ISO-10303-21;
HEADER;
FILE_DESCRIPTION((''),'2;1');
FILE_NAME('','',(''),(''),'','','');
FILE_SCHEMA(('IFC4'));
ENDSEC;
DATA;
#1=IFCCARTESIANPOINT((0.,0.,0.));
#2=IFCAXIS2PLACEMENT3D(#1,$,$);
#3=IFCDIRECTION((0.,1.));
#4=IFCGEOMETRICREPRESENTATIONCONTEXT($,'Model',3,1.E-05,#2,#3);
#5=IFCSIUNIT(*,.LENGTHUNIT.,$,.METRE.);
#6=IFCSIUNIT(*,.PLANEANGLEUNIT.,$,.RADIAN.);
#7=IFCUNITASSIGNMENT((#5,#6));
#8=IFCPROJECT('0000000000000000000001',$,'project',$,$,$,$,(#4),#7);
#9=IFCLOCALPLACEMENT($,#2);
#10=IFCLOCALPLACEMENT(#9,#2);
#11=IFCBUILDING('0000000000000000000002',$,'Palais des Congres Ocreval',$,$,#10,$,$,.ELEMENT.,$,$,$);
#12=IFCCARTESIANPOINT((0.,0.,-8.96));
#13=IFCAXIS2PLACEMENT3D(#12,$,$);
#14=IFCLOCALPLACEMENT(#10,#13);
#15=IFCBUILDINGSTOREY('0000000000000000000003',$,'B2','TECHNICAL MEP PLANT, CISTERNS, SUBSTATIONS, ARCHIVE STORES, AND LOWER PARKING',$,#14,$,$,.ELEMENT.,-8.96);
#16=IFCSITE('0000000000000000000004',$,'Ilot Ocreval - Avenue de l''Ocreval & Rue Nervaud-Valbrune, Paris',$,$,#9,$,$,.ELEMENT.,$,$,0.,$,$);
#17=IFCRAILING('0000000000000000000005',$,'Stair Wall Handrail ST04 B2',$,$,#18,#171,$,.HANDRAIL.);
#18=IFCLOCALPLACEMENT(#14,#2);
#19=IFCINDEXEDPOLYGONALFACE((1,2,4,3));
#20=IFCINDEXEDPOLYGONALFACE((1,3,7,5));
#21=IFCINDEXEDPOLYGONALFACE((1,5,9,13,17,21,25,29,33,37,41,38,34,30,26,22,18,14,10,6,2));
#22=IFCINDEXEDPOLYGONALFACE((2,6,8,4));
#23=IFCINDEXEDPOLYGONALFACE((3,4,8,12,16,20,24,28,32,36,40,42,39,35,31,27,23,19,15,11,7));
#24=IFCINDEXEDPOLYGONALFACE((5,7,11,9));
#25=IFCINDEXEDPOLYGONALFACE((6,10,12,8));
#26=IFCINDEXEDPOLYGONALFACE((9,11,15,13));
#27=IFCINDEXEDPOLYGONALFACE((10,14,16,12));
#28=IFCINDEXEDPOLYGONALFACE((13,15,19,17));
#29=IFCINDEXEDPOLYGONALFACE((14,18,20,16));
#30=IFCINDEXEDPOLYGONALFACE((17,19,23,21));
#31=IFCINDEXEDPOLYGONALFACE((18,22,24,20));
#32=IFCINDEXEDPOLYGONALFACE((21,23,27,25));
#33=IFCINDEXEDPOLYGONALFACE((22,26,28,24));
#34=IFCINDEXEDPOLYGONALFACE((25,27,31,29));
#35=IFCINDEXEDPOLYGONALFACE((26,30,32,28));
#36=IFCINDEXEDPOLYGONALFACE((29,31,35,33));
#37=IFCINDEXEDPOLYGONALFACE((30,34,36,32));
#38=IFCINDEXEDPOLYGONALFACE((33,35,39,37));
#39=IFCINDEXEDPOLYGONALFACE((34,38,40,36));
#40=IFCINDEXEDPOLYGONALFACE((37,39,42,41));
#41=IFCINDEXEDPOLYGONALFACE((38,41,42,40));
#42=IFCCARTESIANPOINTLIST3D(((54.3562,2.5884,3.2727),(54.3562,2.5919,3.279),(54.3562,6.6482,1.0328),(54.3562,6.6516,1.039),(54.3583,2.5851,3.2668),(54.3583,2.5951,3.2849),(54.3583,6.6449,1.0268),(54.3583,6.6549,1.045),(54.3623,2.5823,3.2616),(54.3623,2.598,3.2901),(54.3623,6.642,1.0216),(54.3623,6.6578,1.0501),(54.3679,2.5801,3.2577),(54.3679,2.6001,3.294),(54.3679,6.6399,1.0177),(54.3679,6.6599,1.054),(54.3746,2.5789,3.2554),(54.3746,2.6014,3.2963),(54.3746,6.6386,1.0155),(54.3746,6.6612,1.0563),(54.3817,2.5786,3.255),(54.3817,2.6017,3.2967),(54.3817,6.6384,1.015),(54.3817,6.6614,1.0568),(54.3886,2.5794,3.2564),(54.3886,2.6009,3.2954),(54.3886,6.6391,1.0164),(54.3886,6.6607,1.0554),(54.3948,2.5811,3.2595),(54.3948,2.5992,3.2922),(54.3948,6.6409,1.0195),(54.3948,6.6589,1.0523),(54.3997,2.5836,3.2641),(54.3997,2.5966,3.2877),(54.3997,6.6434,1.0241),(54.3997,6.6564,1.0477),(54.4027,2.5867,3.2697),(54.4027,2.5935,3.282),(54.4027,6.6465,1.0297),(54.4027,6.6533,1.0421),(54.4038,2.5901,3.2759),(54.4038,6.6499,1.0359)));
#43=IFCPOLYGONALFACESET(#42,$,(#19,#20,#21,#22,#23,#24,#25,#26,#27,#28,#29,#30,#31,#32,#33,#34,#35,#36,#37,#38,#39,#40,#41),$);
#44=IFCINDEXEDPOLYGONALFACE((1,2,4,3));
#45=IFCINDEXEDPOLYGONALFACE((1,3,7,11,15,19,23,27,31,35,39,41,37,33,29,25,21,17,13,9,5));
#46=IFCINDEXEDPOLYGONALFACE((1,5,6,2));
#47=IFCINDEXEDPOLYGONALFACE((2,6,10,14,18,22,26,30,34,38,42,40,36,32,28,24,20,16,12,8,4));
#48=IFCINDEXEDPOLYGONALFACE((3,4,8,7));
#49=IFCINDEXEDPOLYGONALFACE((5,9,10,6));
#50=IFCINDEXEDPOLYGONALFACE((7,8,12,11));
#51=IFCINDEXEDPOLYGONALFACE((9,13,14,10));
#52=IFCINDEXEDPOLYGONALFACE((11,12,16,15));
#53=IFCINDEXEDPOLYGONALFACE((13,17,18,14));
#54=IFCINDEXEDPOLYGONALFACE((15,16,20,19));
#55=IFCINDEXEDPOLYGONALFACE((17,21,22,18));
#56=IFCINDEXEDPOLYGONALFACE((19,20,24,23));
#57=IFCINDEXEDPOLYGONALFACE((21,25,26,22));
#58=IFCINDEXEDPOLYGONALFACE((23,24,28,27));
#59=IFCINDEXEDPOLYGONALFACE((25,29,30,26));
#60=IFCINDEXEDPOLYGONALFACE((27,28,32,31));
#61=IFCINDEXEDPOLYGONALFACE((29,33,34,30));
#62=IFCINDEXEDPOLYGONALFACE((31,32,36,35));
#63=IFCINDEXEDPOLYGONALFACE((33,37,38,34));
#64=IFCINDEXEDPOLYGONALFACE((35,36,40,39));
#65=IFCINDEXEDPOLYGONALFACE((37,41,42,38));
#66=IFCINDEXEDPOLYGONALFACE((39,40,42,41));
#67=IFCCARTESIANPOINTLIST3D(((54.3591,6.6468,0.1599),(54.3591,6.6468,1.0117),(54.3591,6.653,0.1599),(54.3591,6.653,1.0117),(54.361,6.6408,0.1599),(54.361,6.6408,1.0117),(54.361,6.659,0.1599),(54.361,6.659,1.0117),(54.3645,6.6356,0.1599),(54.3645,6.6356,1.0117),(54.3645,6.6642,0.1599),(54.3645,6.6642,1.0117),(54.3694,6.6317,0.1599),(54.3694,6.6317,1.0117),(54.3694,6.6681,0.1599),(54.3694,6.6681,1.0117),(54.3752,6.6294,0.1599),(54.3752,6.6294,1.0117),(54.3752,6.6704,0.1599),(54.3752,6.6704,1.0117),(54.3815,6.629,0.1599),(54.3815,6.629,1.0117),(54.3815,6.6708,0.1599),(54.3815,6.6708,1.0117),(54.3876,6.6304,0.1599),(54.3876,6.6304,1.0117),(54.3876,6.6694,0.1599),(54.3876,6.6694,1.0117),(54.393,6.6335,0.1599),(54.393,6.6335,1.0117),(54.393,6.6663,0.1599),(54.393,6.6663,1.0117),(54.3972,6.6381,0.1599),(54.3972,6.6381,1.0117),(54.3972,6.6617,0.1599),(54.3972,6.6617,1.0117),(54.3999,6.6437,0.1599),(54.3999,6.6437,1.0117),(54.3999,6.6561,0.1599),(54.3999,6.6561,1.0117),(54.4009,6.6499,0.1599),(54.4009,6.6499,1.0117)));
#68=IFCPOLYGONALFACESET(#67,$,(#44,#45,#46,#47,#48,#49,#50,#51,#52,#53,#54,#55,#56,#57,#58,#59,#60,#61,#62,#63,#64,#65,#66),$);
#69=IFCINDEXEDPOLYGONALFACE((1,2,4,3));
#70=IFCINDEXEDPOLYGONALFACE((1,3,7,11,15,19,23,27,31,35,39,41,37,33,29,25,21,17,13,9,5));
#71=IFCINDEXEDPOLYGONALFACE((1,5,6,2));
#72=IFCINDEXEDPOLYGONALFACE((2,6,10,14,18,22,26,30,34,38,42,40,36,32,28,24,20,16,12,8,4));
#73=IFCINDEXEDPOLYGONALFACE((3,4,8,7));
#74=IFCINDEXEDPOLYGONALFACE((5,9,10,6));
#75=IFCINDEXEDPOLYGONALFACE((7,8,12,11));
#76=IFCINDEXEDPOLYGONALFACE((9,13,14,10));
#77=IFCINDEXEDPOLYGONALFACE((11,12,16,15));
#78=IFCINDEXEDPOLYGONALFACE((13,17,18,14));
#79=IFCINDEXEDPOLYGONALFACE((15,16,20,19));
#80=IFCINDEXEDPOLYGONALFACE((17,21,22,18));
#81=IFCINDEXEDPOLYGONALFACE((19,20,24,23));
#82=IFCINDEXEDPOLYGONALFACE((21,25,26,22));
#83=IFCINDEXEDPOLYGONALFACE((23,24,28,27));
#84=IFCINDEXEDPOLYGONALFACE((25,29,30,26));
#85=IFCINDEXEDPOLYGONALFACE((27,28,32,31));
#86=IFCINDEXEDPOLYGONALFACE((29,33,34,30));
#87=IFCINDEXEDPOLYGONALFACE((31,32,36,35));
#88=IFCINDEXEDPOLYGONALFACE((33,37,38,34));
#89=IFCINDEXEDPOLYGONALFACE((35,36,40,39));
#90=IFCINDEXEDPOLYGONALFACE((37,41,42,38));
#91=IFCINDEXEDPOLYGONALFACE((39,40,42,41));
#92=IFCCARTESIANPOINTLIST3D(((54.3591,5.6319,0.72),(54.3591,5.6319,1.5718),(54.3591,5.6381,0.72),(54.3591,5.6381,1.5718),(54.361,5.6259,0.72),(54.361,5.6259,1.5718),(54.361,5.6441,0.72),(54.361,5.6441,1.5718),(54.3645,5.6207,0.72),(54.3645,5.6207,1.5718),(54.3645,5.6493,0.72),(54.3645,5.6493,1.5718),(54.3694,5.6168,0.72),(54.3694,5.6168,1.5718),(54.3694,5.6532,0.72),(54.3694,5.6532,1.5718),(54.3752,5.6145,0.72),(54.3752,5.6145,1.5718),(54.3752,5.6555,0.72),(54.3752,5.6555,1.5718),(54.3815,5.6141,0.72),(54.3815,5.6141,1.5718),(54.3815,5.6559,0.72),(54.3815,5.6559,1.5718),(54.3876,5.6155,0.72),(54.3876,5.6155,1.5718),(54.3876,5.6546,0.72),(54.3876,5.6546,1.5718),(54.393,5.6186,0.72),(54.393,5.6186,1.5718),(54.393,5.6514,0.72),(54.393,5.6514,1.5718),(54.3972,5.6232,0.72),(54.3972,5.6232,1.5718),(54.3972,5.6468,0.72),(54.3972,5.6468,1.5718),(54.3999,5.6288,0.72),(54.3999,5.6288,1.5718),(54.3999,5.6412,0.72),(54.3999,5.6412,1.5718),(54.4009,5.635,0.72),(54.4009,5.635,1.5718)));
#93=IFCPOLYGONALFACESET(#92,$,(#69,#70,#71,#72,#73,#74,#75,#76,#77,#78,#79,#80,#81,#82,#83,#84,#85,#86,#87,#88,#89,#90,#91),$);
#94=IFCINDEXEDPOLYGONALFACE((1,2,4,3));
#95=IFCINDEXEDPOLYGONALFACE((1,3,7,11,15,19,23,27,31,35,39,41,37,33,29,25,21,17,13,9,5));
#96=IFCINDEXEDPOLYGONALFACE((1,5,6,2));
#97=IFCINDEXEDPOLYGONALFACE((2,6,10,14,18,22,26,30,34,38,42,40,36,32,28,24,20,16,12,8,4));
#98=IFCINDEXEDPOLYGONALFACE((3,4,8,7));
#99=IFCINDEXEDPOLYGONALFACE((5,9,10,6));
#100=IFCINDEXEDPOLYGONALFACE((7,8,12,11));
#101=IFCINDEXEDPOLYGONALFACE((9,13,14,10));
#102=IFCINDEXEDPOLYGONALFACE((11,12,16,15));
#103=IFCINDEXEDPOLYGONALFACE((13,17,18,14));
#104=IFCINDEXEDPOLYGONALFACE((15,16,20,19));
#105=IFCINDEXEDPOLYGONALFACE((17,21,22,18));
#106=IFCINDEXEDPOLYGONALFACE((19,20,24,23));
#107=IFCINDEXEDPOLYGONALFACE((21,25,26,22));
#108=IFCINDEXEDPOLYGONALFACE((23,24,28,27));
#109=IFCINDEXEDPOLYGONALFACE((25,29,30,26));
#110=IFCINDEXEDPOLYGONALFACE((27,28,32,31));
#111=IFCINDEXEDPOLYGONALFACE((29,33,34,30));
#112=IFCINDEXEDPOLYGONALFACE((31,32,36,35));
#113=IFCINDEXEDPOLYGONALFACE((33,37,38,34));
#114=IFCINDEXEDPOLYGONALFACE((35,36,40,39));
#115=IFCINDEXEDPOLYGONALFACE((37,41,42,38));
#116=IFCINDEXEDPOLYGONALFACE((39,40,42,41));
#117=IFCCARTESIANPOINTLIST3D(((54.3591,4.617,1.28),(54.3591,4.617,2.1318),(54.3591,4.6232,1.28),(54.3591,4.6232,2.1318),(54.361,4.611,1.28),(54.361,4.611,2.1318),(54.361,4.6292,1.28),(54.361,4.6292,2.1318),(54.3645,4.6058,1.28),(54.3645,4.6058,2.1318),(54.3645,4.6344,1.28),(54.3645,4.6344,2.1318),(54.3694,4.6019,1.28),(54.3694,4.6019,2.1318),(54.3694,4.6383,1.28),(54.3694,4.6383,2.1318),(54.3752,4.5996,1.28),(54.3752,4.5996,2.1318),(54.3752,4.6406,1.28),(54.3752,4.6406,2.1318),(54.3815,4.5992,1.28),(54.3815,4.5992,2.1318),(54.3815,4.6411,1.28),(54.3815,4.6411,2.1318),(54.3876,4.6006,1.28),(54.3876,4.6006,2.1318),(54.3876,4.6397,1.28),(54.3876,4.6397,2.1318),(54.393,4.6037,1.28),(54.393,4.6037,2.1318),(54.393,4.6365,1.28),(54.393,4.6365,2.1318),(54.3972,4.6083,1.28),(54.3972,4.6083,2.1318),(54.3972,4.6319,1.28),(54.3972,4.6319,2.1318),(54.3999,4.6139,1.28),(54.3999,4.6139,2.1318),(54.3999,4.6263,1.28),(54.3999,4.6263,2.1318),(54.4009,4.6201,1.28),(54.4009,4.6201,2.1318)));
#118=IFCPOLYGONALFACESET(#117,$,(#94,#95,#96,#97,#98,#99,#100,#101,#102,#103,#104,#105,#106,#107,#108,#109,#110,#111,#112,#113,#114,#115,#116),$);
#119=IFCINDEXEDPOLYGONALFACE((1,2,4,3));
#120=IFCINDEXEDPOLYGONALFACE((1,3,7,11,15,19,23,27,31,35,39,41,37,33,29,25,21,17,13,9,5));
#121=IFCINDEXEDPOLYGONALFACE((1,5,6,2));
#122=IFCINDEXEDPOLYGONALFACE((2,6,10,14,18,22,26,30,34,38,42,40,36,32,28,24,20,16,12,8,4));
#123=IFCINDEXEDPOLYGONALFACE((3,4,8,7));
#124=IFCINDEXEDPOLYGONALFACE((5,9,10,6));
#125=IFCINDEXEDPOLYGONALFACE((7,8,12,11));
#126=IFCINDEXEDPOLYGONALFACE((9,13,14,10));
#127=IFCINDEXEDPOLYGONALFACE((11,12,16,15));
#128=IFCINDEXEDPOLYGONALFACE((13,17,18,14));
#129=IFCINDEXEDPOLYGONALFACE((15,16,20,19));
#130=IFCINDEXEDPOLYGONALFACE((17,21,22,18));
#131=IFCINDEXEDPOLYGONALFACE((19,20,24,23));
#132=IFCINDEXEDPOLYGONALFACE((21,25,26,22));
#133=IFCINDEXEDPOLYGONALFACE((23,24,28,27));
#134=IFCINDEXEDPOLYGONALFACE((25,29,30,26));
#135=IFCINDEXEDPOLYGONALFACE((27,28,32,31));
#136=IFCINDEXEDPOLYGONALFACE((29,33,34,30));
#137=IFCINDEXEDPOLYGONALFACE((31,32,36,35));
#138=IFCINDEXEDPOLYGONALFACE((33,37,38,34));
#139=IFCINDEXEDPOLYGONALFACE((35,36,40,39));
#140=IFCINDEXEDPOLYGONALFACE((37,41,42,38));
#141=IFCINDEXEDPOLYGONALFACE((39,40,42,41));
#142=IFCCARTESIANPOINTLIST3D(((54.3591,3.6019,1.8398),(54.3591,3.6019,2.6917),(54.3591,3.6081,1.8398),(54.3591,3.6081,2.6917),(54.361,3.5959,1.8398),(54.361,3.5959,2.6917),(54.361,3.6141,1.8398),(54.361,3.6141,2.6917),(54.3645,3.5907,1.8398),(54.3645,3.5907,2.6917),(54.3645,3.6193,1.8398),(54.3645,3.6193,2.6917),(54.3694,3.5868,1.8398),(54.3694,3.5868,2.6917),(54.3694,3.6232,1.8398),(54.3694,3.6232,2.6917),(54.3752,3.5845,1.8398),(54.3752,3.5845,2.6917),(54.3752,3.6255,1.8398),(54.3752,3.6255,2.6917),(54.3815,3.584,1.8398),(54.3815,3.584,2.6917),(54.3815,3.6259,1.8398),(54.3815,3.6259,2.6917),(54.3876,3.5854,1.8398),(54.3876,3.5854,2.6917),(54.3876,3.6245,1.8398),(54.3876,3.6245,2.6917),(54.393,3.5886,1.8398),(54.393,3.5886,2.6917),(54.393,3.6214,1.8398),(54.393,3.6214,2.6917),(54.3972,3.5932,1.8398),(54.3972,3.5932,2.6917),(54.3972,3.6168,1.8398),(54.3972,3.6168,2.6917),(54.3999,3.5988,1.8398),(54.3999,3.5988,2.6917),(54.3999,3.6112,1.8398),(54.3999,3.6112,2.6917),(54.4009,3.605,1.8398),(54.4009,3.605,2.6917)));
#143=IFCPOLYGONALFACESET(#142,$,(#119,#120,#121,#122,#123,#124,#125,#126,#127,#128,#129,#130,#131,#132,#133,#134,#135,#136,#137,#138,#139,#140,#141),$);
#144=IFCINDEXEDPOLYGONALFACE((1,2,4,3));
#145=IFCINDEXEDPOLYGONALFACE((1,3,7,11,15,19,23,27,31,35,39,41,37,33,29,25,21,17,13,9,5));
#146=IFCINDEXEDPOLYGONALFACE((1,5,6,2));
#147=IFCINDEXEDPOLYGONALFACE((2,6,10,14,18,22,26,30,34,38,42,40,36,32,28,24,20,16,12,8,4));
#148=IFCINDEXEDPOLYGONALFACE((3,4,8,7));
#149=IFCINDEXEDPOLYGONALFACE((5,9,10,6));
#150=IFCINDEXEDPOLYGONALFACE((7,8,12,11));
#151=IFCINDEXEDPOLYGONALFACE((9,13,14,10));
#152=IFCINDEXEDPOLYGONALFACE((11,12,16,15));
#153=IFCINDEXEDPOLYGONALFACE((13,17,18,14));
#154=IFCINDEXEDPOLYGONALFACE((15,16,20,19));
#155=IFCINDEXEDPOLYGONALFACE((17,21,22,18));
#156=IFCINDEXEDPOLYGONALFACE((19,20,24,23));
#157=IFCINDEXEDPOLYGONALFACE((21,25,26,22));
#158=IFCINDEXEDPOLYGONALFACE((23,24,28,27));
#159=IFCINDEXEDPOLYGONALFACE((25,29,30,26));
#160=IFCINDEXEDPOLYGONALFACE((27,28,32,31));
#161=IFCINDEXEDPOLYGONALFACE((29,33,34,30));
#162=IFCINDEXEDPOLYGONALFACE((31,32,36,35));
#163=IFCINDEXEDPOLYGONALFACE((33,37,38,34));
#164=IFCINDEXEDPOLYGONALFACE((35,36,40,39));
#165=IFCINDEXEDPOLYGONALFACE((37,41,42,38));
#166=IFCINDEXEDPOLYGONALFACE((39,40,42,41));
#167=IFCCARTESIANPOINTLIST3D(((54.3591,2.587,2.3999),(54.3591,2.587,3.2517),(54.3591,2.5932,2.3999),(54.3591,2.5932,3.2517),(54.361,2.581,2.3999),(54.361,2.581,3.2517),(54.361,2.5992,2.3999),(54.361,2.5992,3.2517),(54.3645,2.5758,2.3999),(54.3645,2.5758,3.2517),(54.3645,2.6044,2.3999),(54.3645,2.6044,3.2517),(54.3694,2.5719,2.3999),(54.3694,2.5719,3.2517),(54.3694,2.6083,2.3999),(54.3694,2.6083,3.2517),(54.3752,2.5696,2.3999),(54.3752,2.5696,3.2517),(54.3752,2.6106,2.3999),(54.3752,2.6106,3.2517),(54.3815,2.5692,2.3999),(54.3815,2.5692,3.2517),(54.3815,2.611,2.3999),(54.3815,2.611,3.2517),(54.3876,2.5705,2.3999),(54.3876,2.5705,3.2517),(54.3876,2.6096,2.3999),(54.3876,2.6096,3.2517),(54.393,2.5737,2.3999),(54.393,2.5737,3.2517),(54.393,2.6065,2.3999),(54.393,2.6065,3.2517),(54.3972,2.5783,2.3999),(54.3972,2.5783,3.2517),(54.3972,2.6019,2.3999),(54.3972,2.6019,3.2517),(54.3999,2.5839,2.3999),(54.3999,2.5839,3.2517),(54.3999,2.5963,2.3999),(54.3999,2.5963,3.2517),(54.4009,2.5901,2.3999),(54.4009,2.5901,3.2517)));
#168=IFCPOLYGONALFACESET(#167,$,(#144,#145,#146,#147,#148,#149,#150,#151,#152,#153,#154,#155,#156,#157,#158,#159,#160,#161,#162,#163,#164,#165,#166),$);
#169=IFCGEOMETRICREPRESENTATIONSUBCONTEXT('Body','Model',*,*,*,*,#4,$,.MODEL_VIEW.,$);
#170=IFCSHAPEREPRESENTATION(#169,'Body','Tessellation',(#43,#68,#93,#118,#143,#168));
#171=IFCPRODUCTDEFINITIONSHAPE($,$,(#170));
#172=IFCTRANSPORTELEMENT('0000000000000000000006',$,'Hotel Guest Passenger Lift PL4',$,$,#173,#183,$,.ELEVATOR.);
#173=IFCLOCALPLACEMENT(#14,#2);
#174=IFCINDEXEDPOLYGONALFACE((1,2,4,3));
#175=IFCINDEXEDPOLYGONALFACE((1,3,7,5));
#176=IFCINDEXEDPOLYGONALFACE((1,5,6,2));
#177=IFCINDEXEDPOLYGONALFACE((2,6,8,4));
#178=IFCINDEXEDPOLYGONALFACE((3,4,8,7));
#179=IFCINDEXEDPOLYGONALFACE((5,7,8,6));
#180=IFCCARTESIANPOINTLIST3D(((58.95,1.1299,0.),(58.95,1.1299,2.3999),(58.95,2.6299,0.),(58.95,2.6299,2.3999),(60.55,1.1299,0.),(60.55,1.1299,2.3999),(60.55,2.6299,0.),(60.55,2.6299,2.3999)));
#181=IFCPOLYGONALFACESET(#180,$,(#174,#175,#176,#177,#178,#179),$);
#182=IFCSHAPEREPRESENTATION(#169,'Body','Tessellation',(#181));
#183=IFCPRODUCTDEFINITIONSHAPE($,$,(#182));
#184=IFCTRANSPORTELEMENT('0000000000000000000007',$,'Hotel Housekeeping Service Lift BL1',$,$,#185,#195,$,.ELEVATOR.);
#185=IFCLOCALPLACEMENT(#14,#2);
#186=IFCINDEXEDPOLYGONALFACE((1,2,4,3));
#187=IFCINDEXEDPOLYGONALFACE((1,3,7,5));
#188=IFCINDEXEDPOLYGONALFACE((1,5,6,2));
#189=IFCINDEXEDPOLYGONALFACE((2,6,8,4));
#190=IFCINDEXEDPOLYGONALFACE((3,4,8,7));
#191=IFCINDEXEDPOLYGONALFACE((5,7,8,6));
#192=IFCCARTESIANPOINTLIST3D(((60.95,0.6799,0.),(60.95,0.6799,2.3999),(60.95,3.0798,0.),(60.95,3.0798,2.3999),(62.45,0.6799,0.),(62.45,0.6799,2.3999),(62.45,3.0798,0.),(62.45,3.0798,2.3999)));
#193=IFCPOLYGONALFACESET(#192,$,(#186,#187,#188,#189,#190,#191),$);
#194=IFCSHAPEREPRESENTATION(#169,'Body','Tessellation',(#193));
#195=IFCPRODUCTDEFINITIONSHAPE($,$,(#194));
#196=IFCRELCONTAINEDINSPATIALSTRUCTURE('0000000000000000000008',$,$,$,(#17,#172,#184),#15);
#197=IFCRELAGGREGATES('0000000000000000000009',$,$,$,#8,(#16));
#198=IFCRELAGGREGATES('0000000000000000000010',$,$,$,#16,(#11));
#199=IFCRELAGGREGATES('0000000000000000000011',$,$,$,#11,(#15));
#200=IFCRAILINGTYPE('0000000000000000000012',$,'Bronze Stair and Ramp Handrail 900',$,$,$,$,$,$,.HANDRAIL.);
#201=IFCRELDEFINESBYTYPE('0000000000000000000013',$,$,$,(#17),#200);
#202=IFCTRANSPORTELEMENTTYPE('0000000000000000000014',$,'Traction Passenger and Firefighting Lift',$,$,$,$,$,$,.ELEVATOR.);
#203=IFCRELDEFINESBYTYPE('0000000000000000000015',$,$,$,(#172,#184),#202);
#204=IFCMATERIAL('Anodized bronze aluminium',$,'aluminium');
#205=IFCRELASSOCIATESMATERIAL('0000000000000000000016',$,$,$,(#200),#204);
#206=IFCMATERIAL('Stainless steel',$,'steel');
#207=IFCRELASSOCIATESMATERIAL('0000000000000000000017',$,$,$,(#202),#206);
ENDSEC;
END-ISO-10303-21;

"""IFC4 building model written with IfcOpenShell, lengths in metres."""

from ifc_helpers import new_model, si_unit, direction, frame, origin, origin_2d, place, context, subcontext, project, spatial, rectangle, circle, extrude, material, type_object, element, save


model = new_model("IFC4")

# Units and contexts
model_context = context("Model", 3, precision=1e-05, world=origin(), true_north=direction((0.0, 1.0)))
body_context = subcontext(model_context, "Body", "Model", "MODEL_VIEW")
ifc_project = project(units=[si_unit("LENGTHUNIT", "METRE"), si_unit("PLANEANGLEUNIT", "RADIAN")], contexts=[model_context])

# Site, building, storey
site_placement = place(None, origin())
site = spatial("IfcSite", under=ifc_project, at=site_placement, Name="Ilot Ocreval - Avenue de l'Ocreval & Rue Nervaud-Valbrune, Paris", CompositionType="ELEMENT", RefElevation=0.0)
building_placement = place(site_placement, origin())
building = spatial("IfcBuilding", under=site, at=building_placement, Name="Palais des Congres Ocreval", CompositionType="ELEMENT")
storey_placement = place(building_placement, frame((0.0, 0.0, -8.96)))
storey = spatial("IfcBuildingStorey", under=building, at=storey_placement, Name="B2", Description="TECHNICAL MEP PLANT, CISTERNS, SUBSTATIONS, ARCHIVE STORES, AND LOWER PARKING", CompositionType="ELEMENT", Elevation=-8.96)

# Railing
ifc_material_1 = material(Name="Anodized bronze aluminium", Category="aluminium")
railing_type_1 = type_object("IfcRailingType", Name="Bronze Stair and Ramp Handrail 900", PredefinedType="HANDRAIL", material=ifc_material_1)
railing_1_placement = place(storey_placement, frame((54.3799, 6.6499, 0.1599)))
element("IfcRailing", 1, at=railing_1_placement, inside=storey, type_object=railing_type_1, Name="Stair Wall Handrail ST04 B2", PredefinedType="HANDRAIL", context=body_context, shape_type="SweptSolid", body=[
    extrude(circle(Radius=0.0239, at=origin_2d()), frame((0.0, 0.0, 0.876), z_axis=(0.0, -0.875569, 0.483093), x_axis=(1.0, 0.0, 0.0)), (0.0, 0.0, 1.0), 4.6367),
    extrude(circle(Radius=0.021, at=origin_2d()), origin(), (0.0, 0.0, 1.0), 0.8518),
    extrude(circle(Radius=0.021, at=origin_2d()), frame((0.0, -1.0149, 0.5601)), (0.0, 0.0, 1.0), 0.8518),
    extrude(circle(Radius=0.021, at=origin_2d()), frame((0.0, -2.0298, 1.1201)), (0.0, 0.0, 1.0), 0.8518),
    extrude(circle(Radius=0.021, at=origin_2d()), frame((0.0, -3.0449, 1.6799)), (0.0, 0.0, 1.0), 0.8518),
    extrude(circle(Radius=0.021, at=origin_2d()), frame((0.0, -4.0598, 2.24)), (0.0, 0.0, 1.0), 0.8518),
])

# Transport elements
ifc_material_2 = material(Name="Stainless steel", Category="steel")
transport_element_type = type_object("IfcTransportElementType", Name="Traction Passenger and Firefighting Lift", PredefinedType="ELEVATOR", material=ifc_material_2)
transport_element_1_placement = place(storey_placement, frame((59.75, 1.8799, 0.0), z_axis=(0.0, 0.0, 1.0), x_axis=(1.0, 0.0, 0.0)))
element("IfcTransportElement", 2, at=transport_element_1_placement, inside=storey, type_object=transport_element_type, Name="Hotel Guest Passenger Lift PL4", PredefinedType="ELEVATOR", context=body_context, shape_type="SweptSolid", body=[
    extrude(rectangle(XDim=1.6001, YDim=1.5, at=origin_2d()), origin(), (0.0, 0.0, 1.0), 2.3999),
])
transport_element_2_placement = place(storey_placement, frame((61.7, 1.8799, 0.0), z_axis=(0.0, 0.0, 1.0), x_axis=(1.0, 0.0, 0.0)))
element("IfcTransportElement", 3, at=transport_element_2_placement, inside=storey, type_object=transport_element_type, Name="Hotel Housekeeping Service Lift BL1", PredefinedType="ELEVATOR", context=body_context, shape_type="SweptSolid", body=[
    extrude(rectangle(XDim=1.5, YDim=2.3999, at=origin_2d()), origin(), (0.0, 0.0, 1.0), 2.3999),
])

save(model, "model.ifc")
